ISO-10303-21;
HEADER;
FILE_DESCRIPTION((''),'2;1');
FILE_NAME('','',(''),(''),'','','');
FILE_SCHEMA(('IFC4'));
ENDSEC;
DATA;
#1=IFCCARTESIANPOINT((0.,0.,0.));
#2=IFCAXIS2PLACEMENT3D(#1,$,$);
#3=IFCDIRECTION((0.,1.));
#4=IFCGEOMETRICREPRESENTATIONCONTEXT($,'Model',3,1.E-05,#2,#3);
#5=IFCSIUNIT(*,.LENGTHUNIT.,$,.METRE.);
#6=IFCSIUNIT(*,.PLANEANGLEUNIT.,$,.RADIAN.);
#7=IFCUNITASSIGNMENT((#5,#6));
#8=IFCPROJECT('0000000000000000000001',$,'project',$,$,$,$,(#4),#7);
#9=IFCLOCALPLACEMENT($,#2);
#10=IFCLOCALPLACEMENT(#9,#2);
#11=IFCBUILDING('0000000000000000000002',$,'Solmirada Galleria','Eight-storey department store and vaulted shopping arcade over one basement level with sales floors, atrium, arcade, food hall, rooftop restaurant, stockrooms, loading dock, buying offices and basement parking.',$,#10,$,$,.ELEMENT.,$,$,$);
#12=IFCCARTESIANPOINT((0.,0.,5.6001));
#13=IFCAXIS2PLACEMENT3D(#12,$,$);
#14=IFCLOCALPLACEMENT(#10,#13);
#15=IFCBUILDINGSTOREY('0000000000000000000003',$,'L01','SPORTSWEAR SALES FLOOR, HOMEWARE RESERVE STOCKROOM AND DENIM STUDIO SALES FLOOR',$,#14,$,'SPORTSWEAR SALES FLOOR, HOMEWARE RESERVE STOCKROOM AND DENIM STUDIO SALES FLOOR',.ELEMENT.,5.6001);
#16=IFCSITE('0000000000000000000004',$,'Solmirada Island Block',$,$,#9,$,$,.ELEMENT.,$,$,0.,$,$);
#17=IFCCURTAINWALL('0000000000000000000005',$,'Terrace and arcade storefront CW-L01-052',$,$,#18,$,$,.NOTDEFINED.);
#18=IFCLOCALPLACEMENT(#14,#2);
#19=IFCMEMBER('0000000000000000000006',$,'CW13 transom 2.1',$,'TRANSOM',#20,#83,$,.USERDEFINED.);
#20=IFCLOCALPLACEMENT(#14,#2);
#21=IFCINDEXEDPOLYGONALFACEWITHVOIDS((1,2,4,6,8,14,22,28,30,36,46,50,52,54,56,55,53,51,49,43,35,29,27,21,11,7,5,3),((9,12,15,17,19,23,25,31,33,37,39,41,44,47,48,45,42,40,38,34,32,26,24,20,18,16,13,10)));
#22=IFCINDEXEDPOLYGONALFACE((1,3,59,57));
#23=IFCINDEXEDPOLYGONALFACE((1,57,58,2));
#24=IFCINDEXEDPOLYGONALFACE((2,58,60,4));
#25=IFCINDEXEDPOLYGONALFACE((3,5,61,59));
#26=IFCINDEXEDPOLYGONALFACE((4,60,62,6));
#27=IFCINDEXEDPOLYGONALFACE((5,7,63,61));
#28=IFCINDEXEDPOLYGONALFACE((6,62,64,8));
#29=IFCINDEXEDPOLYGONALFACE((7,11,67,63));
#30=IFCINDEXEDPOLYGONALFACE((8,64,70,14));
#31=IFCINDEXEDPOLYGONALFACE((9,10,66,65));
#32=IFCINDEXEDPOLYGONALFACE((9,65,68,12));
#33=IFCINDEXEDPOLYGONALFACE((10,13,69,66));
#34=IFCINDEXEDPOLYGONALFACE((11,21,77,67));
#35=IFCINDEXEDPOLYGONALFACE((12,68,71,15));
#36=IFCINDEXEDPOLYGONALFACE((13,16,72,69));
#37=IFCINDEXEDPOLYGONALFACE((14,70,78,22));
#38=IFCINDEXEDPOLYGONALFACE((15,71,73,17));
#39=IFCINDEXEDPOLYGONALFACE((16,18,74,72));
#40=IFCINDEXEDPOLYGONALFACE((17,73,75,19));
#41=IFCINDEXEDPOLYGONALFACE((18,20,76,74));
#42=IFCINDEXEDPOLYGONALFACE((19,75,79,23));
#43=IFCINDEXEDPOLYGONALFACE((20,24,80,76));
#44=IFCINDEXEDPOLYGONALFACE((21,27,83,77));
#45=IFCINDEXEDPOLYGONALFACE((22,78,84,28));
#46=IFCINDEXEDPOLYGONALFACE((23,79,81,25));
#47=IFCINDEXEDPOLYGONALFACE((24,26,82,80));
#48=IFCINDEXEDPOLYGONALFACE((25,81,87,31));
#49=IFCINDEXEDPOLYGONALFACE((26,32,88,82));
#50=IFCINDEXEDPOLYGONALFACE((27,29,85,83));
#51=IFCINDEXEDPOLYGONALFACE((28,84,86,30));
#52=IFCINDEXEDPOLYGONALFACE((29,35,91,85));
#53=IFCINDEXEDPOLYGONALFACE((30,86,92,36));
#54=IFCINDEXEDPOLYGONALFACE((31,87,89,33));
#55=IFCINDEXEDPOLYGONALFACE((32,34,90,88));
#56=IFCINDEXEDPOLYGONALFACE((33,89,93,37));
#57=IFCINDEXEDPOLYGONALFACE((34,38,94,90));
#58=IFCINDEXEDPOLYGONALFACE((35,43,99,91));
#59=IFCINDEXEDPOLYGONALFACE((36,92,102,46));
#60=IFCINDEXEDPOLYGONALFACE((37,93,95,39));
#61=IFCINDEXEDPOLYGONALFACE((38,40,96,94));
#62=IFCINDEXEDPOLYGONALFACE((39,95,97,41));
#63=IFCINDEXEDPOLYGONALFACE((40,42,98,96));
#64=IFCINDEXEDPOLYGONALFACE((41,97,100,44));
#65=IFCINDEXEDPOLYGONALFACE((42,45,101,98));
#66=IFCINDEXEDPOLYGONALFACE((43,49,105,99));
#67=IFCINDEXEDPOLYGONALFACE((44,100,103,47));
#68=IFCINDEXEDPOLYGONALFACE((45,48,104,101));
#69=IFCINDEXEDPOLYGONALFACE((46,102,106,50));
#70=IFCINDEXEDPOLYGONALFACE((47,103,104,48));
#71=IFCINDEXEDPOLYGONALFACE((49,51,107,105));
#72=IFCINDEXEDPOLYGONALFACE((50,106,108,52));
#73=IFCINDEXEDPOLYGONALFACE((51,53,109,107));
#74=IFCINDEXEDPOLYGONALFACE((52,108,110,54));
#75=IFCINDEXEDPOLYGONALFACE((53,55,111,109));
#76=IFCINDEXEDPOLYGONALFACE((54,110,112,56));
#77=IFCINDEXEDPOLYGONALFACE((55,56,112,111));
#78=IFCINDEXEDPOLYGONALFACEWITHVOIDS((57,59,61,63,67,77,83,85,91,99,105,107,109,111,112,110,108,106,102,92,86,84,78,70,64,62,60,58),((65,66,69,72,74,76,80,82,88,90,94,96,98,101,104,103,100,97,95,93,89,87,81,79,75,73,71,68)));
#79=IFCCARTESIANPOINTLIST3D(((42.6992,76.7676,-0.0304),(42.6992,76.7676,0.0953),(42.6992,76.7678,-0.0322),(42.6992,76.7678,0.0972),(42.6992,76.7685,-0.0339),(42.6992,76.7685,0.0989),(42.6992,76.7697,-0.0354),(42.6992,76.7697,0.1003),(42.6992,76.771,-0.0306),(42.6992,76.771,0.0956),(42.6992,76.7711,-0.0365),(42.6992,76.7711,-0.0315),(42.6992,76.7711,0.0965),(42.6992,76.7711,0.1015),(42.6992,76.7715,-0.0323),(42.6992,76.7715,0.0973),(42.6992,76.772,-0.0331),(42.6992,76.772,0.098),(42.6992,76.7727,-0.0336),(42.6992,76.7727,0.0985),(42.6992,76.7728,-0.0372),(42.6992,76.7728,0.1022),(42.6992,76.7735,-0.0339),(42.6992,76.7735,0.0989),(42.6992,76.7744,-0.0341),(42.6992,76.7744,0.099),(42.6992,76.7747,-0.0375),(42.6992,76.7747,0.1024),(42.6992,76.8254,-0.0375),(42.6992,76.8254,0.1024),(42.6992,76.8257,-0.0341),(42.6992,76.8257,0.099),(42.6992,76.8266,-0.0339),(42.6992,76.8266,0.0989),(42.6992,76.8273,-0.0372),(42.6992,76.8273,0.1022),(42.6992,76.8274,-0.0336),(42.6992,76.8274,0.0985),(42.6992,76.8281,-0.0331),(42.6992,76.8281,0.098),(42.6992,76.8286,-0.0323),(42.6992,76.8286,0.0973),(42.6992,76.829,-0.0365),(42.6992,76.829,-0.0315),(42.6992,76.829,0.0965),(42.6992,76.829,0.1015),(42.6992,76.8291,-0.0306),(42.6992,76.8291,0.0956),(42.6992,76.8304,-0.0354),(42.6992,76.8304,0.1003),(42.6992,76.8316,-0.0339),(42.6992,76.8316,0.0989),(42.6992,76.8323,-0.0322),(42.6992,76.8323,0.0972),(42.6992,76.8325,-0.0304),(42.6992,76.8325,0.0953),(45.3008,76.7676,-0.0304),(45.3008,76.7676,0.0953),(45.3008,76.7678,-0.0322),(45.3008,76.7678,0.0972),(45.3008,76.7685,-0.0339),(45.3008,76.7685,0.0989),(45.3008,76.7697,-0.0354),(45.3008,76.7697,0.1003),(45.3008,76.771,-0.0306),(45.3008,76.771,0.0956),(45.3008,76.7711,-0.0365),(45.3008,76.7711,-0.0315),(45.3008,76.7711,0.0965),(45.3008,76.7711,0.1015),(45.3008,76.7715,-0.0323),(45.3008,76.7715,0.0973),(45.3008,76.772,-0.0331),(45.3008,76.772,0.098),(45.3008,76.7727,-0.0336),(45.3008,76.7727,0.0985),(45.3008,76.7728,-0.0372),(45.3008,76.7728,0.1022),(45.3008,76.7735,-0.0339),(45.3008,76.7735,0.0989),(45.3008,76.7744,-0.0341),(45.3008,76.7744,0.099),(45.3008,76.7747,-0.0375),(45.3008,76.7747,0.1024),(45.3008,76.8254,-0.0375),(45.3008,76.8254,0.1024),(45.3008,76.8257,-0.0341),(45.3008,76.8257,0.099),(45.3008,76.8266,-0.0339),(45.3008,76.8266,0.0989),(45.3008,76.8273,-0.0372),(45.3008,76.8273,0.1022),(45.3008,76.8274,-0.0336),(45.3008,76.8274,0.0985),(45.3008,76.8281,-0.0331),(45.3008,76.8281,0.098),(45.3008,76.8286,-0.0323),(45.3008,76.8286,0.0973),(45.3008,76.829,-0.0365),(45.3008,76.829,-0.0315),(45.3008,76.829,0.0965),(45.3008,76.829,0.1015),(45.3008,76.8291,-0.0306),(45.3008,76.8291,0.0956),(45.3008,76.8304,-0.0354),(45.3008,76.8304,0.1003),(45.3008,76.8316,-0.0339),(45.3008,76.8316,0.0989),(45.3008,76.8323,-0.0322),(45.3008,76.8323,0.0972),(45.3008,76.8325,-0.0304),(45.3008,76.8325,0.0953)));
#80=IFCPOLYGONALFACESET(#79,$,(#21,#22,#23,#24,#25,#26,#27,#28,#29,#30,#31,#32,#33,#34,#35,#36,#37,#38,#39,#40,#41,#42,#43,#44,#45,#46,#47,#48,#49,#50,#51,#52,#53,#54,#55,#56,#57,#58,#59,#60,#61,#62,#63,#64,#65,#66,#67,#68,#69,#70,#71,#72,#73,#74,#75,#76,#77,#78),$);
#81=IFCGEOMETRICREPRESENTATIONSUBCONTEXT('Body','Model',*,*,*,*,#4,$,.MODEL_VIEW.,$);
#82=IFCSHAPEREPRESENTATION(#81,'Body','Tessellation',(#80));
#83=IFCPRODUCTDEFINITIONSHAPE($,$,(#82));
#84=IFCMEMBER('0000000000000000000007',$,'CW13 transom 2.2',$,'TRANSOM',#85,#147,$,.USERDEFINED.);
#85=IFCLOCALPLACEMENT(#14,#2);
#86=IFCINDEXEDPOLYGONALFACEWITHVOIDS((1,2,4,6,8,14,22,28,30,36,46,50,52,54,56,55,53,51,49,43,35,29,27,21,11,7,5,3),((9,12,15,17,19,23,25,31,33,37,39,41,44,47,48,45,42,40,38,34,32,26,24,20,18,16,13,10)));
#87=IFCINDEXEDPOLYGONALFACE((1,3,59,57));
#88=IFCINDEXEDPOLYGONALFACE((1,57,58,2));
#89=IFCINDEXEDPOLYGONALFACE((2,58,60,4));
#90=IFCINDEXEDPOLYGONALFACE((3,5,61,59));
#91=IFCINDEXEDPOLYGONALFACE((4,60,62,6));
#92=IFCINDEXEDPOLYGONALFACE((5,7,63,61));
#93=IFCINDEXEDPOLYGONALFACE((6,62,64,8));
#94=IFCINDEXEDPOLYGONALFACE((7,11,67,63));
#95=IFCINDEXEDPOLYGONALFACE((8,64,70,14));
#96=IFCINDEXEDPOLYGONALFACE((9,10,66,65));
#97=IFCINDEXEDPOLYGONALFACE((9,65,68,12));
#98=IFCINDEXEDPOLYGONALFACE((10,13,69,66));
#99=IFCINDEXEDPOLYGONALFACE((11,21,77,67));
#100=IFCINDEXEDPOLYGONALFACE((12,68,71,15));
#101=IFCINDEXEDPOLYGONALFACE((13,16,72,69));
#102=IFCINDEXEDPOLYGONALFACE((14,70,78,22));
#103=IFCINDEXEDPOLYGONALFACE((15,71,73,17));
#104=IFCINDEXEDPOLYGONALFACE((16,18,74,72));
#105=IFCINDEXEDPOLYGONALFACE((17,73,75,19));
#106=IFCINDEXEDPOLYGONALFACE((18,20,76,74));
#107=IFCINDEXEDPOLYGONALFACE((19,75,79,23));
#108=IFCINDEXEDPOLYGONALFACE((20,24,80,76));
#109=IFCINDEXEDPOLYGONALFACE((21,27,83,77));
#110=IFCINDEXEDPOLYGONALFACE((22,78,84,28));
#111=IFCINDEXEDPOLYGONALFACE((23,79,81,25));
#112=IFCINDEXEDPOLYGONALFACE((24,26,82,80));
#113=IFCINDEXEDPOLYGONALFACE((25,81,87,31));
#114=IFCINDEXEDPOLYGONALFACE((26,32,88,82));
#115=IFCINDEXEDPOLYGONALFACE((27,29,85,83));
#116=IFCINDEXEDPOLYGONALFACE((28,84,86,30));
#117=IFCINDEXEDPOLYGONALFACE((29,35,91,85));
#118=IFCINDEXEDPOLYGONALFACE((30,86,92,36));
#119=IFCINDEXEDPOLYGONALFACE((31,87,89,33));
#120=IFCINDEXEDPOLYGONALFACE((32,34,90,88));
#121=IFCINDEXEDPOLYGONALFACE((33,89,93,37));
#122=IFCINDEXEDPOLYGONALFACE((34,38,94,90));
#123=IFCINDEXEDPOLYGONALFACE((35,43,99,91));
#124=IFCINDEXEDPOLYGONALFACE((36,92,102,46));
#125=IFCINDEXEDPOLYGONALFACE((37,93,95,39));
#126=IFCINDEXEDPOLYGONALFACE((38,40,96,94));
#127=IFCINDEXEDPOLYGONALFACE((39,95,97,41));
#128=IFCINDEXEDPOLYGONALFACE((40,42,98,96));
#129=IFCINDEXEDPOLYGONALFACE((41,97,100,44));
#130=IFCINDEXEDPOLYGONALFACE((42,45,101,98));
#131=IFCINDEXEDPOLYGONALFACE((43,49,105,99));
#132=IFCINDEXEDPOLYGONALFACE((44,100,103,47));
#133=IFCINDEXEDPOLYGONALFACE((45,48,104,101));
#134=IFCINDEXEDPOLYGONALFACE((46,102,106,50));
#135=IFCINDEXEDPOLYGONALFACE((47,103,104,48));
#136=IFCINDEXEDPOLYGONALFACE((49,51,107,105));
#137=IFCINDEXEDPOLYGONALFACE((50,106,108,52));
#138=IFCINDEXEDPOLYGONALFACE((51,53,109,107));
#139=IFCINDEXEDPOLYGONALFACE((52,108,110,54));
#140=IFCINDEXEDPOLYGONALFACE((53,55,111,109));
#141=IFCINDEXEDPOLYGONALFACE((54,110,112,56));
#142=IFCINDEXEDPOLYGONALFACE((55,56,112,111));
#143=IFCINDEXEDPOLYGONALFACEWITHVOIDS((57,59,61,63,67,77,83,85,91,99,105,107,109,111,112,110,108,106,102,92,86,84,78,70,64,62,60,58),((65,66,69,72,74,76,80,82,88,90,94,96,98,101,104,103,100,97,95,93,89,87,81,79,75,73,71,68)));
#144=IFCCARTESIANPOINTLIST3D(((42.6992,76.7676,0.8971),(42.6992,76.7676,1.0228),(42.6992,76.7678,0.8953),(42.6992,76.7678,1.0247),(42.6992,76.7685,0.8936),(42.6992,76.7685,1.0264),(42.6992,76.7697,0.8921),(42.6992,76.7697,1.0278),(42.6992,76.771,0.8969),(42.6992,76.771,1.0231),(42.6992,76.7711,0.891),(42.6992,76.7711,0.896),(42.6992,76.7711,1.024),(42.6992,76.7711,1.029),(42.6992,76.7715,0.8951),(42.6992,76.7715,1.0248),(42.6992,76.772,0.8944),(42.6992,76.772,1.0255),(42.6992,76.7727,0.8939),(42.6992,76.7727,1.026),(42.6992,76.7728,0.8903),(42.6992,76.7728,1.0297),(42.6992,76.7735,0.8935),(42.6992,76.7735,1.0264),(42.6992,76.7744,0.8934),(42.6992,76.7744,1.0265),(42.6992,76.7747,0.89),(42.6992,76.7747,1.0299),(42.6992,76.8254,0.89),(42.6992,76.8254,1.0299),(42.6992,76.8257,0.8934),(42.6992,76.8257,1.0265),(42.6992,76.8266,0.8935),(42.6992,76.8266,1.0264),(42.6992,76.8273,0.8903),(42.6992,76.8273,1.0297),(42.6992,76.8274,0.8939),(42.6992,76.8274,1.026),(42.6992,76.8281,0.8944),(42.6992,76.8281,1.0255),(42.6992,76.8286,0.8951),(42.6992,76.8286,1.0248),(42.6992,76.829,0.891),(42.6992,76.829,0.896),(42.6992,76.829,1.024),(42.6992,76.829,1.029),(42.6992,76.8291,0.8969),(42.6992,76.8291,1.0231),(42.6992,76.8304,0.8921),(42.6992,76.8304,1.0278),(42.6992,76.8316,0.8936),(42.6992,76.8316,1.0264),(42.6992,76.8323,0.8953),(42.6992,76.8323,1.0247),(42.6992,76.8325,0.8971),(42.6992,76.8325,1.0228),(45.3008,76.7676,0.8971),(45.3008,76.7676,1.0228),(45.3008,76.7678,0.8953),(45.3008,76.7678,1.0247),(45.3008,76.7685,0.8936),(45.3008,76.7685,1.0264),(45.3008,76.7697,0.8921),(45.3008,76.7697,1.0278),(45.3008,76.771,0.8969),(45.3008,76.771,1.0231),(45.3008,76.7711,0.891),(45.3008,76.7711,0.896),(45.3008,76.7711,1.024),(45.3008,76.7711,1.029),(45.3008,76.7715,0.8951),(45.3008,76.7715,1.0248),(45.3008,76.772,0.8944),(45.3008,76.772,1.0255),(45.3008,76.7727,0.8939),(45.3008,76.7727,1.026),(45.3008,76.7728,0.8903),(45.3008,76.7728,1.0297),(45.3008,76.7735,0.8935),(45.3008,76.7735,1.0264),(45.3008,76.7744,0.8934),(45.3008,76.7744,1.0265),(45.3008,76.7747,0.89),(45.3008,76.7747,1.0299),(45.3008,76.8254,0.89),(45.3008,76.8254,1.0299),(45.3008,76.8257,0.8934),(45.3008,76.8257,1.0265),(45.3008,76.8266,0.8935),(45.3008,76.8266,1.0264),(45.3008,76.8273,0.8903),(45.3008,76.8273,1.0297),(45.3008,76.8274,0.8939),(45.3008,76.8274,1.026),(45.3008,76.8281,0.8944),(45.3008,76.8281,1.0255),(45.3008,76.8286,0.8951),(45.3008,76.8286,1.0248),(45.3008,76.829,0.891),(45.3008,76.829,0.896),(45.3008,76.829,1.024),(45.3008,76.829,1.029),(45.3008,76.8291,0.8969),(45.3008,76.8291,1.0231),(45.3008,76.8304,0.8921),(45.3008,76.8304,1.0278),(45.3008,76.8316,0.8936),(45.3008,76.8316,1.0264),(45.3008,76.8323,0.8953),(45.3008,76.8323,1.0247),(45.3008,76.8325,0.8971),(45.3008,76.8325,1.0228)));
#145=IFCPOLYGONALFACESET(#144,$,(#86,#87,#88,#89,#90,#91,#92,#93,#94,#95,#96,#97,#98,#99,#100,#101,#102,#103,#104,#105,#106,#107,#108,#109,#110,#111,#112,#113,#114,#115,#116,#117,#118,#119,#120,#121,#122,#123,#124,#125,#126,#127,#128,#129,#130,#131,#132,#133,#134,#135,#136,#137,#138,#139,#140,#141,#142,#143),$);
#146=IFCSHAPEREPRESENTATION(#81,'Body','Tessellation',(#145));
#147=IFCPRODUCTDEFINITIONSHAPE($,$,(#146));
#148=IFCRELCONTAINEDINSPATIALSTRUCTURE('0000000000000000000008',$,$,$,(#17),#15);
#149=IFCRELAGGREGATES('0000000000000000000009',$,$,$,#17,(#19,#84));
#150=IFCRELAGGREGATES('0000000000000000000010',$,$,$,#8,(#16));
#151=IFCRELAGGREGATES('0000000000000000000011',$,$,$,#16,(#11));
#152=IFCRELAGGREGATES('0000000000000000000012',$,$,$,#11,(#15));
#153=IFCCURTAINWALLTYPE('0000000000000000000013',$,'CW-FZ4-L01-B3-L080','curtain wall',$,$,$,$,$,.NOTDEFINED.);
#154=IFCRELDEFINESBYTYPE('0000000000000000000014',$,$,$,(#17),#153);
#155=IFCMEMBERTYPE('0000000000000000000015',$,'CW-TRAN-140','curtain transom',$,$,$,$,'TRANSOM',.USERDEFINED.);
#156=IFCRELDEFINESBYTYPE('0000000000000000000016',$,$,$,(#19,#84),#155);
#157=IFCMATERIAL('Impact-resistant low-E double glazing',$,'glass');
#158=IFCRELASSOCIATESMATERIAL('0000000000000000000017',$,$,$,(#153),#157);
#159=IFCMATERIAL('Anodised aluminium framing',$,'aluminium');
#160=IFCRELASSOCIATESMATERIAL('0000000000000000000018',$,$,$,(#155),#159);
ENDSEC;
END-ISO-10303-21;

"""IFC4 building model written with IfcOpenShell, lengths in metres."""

from ifc_helpers import new_model, si_unit, direction, frame, origin, origin_2d, place, context, subcontext, project, spatial, hollow_rectangle, extrude, material, material_profile, profile_set, type_object, element, aggregate, save


model = new_model("IFC4")

# Units and contexts
model_context = context("Model", 3, precision=1e-05, world=origin(), true_north=direction((0.0, 1.0)))
body_context = subcontext(model_context, "Body", "Model", "MODEL_VIEW")
ifc_project = project(units=[si_unit("LENGTHUNIT", "METRE"), si_unit("PLANEANGLEUNIT", "RADIAN")], contexts=[model_context])

# Site, building, storey
site_placement = place(None, origin())
site = spatial("IfcSite", under=ifc_project, at=site_placement, Name="Solmirada Island Block", CompositionType="ELEMENT", RefElevation=0.0)
building_placement = place(site_placement, origin())
building = spatial("IfcBuilding", under=site, at=building_placement, Name="Solmirada Galleria", Description="Eight-storey department store and vaulted shopping arcade over one basement level with sales floors, atrium, arcade, food hall, rooftop restaurant, stockrooms, loading dock, buying offices and basement parking.", CompositionType="ELEMENT")
storey_placement = place(building_placement, frame((0.0, 0.0, 5.6001)))
storey = spatial("IfcBuildingStorey", under=building, at=storey_placement, Name="L01", Description="SPORTSWEAR SALES FLOOR, HOMEWARE RESERVE STOCKROOM AND DENIM STUDIO SALES FLOOR", LongName="SPORTSWEAR SALES FLOOR, HOMEWARE RESERVE STOCKROOM AND DENIM STUDIO SALES FLOOR", CompositionType="ELEMENT", Elevation=5.6001)

# Curtain wall, members
ifc_material_1 = material(Name="Impact-resistant low-E double glazing", Category="glass")
curtain_wall_type = type_object("IfcCurtainWallType", Name="CW-FZ4-L01-B3-L080", Description="curtain wall", PredefinedType="NOTDEFINED", material=ifc_material_1)
curtain_wall_placement = place(storey_placement, origin())
curtain_wall = element("IfcCurtainWall", 1, at=curtain_wall_placement, inside=storey, type_object=curtain_wall_type, Name="Terrace and arcade storefront CW-L01-052", PredefinedType="NOTDEFINED")
ifc_material_2 = material(Name="Anodised aluminium framing", Category="aluminium")
ifc_material_profile_1 = material_profile(ifc_material_2, hollow_rectangle(XDim=0.0649, YDim=0.1399, WallThickness=0.0034, InnerFilletRadius=0.0034, OuterFilletRadius=0.0071, at=origin_2d()), Name="ALU-TRAN-140X65")
ifc_profile_set_1 = profile_set([ifc_material_profile_1], Name="Anodised aluminium framing")
member_type_1 = type_object("IfcMemberType", Name="CW-TRAN-140", Description="curtain transom", ElementType="TRANSOM", PredefinedType="USERDEFINED", material=ifc_profile_set_1)
member_1_placement = place(storey_placement, frame((45.3008, 76.8, 0.0325), z_axis=(-1.0, 0.0, 0.0), x_axis=(0.0, -1.0, 0.0)))
member_1 = element("IfcMember", 2, at=member_1_placement, type_object=member_type_1, Name="CW13 transom 2.1", ObjectType="TRANSOM", PredefinedType="USERDEFINED", context=body_context, shape_type="SweptSolid", body=[
    extrude(hollow_rectangle(XDim=0.0649, YDim=0.1399, WallThickness=0.0034, InnerFilletRadius=0.0034, OuterFilletRadius=0.0071, at=origin_2d()), origin(), (0.0, 0.0, 1.0), 2.6016),
])
member_2_placement = place(storey_placement, frame((45.3008, 76.8, 0.96), z_axis=(-1.0, 0.0, 0.0), x_axis=(0.0, -1.0, 0.0)))
member_2 = element("IfcMember", 3, at=member_2_placement, type_object=member_type_1, Name="CW13 transom 2.2", ObjectType="TRANSOM", PredefinedType="USERDEFINED", context=body_context, shape_type="SweptSolid", body=[
    extrude(hollow_rectangle(XDim=0.0649, YDim=0.1399, WallThickness=0.0034, InnerFilletRadius=0.0034, OuterFilletRadius=0.0071, at=origin_2d()), origin(), (0.0, 0.0, 1.0), 2.6016),
])
aggregate(curtain_wall, [member_1, member_2])

save(model, "model.ifc")
